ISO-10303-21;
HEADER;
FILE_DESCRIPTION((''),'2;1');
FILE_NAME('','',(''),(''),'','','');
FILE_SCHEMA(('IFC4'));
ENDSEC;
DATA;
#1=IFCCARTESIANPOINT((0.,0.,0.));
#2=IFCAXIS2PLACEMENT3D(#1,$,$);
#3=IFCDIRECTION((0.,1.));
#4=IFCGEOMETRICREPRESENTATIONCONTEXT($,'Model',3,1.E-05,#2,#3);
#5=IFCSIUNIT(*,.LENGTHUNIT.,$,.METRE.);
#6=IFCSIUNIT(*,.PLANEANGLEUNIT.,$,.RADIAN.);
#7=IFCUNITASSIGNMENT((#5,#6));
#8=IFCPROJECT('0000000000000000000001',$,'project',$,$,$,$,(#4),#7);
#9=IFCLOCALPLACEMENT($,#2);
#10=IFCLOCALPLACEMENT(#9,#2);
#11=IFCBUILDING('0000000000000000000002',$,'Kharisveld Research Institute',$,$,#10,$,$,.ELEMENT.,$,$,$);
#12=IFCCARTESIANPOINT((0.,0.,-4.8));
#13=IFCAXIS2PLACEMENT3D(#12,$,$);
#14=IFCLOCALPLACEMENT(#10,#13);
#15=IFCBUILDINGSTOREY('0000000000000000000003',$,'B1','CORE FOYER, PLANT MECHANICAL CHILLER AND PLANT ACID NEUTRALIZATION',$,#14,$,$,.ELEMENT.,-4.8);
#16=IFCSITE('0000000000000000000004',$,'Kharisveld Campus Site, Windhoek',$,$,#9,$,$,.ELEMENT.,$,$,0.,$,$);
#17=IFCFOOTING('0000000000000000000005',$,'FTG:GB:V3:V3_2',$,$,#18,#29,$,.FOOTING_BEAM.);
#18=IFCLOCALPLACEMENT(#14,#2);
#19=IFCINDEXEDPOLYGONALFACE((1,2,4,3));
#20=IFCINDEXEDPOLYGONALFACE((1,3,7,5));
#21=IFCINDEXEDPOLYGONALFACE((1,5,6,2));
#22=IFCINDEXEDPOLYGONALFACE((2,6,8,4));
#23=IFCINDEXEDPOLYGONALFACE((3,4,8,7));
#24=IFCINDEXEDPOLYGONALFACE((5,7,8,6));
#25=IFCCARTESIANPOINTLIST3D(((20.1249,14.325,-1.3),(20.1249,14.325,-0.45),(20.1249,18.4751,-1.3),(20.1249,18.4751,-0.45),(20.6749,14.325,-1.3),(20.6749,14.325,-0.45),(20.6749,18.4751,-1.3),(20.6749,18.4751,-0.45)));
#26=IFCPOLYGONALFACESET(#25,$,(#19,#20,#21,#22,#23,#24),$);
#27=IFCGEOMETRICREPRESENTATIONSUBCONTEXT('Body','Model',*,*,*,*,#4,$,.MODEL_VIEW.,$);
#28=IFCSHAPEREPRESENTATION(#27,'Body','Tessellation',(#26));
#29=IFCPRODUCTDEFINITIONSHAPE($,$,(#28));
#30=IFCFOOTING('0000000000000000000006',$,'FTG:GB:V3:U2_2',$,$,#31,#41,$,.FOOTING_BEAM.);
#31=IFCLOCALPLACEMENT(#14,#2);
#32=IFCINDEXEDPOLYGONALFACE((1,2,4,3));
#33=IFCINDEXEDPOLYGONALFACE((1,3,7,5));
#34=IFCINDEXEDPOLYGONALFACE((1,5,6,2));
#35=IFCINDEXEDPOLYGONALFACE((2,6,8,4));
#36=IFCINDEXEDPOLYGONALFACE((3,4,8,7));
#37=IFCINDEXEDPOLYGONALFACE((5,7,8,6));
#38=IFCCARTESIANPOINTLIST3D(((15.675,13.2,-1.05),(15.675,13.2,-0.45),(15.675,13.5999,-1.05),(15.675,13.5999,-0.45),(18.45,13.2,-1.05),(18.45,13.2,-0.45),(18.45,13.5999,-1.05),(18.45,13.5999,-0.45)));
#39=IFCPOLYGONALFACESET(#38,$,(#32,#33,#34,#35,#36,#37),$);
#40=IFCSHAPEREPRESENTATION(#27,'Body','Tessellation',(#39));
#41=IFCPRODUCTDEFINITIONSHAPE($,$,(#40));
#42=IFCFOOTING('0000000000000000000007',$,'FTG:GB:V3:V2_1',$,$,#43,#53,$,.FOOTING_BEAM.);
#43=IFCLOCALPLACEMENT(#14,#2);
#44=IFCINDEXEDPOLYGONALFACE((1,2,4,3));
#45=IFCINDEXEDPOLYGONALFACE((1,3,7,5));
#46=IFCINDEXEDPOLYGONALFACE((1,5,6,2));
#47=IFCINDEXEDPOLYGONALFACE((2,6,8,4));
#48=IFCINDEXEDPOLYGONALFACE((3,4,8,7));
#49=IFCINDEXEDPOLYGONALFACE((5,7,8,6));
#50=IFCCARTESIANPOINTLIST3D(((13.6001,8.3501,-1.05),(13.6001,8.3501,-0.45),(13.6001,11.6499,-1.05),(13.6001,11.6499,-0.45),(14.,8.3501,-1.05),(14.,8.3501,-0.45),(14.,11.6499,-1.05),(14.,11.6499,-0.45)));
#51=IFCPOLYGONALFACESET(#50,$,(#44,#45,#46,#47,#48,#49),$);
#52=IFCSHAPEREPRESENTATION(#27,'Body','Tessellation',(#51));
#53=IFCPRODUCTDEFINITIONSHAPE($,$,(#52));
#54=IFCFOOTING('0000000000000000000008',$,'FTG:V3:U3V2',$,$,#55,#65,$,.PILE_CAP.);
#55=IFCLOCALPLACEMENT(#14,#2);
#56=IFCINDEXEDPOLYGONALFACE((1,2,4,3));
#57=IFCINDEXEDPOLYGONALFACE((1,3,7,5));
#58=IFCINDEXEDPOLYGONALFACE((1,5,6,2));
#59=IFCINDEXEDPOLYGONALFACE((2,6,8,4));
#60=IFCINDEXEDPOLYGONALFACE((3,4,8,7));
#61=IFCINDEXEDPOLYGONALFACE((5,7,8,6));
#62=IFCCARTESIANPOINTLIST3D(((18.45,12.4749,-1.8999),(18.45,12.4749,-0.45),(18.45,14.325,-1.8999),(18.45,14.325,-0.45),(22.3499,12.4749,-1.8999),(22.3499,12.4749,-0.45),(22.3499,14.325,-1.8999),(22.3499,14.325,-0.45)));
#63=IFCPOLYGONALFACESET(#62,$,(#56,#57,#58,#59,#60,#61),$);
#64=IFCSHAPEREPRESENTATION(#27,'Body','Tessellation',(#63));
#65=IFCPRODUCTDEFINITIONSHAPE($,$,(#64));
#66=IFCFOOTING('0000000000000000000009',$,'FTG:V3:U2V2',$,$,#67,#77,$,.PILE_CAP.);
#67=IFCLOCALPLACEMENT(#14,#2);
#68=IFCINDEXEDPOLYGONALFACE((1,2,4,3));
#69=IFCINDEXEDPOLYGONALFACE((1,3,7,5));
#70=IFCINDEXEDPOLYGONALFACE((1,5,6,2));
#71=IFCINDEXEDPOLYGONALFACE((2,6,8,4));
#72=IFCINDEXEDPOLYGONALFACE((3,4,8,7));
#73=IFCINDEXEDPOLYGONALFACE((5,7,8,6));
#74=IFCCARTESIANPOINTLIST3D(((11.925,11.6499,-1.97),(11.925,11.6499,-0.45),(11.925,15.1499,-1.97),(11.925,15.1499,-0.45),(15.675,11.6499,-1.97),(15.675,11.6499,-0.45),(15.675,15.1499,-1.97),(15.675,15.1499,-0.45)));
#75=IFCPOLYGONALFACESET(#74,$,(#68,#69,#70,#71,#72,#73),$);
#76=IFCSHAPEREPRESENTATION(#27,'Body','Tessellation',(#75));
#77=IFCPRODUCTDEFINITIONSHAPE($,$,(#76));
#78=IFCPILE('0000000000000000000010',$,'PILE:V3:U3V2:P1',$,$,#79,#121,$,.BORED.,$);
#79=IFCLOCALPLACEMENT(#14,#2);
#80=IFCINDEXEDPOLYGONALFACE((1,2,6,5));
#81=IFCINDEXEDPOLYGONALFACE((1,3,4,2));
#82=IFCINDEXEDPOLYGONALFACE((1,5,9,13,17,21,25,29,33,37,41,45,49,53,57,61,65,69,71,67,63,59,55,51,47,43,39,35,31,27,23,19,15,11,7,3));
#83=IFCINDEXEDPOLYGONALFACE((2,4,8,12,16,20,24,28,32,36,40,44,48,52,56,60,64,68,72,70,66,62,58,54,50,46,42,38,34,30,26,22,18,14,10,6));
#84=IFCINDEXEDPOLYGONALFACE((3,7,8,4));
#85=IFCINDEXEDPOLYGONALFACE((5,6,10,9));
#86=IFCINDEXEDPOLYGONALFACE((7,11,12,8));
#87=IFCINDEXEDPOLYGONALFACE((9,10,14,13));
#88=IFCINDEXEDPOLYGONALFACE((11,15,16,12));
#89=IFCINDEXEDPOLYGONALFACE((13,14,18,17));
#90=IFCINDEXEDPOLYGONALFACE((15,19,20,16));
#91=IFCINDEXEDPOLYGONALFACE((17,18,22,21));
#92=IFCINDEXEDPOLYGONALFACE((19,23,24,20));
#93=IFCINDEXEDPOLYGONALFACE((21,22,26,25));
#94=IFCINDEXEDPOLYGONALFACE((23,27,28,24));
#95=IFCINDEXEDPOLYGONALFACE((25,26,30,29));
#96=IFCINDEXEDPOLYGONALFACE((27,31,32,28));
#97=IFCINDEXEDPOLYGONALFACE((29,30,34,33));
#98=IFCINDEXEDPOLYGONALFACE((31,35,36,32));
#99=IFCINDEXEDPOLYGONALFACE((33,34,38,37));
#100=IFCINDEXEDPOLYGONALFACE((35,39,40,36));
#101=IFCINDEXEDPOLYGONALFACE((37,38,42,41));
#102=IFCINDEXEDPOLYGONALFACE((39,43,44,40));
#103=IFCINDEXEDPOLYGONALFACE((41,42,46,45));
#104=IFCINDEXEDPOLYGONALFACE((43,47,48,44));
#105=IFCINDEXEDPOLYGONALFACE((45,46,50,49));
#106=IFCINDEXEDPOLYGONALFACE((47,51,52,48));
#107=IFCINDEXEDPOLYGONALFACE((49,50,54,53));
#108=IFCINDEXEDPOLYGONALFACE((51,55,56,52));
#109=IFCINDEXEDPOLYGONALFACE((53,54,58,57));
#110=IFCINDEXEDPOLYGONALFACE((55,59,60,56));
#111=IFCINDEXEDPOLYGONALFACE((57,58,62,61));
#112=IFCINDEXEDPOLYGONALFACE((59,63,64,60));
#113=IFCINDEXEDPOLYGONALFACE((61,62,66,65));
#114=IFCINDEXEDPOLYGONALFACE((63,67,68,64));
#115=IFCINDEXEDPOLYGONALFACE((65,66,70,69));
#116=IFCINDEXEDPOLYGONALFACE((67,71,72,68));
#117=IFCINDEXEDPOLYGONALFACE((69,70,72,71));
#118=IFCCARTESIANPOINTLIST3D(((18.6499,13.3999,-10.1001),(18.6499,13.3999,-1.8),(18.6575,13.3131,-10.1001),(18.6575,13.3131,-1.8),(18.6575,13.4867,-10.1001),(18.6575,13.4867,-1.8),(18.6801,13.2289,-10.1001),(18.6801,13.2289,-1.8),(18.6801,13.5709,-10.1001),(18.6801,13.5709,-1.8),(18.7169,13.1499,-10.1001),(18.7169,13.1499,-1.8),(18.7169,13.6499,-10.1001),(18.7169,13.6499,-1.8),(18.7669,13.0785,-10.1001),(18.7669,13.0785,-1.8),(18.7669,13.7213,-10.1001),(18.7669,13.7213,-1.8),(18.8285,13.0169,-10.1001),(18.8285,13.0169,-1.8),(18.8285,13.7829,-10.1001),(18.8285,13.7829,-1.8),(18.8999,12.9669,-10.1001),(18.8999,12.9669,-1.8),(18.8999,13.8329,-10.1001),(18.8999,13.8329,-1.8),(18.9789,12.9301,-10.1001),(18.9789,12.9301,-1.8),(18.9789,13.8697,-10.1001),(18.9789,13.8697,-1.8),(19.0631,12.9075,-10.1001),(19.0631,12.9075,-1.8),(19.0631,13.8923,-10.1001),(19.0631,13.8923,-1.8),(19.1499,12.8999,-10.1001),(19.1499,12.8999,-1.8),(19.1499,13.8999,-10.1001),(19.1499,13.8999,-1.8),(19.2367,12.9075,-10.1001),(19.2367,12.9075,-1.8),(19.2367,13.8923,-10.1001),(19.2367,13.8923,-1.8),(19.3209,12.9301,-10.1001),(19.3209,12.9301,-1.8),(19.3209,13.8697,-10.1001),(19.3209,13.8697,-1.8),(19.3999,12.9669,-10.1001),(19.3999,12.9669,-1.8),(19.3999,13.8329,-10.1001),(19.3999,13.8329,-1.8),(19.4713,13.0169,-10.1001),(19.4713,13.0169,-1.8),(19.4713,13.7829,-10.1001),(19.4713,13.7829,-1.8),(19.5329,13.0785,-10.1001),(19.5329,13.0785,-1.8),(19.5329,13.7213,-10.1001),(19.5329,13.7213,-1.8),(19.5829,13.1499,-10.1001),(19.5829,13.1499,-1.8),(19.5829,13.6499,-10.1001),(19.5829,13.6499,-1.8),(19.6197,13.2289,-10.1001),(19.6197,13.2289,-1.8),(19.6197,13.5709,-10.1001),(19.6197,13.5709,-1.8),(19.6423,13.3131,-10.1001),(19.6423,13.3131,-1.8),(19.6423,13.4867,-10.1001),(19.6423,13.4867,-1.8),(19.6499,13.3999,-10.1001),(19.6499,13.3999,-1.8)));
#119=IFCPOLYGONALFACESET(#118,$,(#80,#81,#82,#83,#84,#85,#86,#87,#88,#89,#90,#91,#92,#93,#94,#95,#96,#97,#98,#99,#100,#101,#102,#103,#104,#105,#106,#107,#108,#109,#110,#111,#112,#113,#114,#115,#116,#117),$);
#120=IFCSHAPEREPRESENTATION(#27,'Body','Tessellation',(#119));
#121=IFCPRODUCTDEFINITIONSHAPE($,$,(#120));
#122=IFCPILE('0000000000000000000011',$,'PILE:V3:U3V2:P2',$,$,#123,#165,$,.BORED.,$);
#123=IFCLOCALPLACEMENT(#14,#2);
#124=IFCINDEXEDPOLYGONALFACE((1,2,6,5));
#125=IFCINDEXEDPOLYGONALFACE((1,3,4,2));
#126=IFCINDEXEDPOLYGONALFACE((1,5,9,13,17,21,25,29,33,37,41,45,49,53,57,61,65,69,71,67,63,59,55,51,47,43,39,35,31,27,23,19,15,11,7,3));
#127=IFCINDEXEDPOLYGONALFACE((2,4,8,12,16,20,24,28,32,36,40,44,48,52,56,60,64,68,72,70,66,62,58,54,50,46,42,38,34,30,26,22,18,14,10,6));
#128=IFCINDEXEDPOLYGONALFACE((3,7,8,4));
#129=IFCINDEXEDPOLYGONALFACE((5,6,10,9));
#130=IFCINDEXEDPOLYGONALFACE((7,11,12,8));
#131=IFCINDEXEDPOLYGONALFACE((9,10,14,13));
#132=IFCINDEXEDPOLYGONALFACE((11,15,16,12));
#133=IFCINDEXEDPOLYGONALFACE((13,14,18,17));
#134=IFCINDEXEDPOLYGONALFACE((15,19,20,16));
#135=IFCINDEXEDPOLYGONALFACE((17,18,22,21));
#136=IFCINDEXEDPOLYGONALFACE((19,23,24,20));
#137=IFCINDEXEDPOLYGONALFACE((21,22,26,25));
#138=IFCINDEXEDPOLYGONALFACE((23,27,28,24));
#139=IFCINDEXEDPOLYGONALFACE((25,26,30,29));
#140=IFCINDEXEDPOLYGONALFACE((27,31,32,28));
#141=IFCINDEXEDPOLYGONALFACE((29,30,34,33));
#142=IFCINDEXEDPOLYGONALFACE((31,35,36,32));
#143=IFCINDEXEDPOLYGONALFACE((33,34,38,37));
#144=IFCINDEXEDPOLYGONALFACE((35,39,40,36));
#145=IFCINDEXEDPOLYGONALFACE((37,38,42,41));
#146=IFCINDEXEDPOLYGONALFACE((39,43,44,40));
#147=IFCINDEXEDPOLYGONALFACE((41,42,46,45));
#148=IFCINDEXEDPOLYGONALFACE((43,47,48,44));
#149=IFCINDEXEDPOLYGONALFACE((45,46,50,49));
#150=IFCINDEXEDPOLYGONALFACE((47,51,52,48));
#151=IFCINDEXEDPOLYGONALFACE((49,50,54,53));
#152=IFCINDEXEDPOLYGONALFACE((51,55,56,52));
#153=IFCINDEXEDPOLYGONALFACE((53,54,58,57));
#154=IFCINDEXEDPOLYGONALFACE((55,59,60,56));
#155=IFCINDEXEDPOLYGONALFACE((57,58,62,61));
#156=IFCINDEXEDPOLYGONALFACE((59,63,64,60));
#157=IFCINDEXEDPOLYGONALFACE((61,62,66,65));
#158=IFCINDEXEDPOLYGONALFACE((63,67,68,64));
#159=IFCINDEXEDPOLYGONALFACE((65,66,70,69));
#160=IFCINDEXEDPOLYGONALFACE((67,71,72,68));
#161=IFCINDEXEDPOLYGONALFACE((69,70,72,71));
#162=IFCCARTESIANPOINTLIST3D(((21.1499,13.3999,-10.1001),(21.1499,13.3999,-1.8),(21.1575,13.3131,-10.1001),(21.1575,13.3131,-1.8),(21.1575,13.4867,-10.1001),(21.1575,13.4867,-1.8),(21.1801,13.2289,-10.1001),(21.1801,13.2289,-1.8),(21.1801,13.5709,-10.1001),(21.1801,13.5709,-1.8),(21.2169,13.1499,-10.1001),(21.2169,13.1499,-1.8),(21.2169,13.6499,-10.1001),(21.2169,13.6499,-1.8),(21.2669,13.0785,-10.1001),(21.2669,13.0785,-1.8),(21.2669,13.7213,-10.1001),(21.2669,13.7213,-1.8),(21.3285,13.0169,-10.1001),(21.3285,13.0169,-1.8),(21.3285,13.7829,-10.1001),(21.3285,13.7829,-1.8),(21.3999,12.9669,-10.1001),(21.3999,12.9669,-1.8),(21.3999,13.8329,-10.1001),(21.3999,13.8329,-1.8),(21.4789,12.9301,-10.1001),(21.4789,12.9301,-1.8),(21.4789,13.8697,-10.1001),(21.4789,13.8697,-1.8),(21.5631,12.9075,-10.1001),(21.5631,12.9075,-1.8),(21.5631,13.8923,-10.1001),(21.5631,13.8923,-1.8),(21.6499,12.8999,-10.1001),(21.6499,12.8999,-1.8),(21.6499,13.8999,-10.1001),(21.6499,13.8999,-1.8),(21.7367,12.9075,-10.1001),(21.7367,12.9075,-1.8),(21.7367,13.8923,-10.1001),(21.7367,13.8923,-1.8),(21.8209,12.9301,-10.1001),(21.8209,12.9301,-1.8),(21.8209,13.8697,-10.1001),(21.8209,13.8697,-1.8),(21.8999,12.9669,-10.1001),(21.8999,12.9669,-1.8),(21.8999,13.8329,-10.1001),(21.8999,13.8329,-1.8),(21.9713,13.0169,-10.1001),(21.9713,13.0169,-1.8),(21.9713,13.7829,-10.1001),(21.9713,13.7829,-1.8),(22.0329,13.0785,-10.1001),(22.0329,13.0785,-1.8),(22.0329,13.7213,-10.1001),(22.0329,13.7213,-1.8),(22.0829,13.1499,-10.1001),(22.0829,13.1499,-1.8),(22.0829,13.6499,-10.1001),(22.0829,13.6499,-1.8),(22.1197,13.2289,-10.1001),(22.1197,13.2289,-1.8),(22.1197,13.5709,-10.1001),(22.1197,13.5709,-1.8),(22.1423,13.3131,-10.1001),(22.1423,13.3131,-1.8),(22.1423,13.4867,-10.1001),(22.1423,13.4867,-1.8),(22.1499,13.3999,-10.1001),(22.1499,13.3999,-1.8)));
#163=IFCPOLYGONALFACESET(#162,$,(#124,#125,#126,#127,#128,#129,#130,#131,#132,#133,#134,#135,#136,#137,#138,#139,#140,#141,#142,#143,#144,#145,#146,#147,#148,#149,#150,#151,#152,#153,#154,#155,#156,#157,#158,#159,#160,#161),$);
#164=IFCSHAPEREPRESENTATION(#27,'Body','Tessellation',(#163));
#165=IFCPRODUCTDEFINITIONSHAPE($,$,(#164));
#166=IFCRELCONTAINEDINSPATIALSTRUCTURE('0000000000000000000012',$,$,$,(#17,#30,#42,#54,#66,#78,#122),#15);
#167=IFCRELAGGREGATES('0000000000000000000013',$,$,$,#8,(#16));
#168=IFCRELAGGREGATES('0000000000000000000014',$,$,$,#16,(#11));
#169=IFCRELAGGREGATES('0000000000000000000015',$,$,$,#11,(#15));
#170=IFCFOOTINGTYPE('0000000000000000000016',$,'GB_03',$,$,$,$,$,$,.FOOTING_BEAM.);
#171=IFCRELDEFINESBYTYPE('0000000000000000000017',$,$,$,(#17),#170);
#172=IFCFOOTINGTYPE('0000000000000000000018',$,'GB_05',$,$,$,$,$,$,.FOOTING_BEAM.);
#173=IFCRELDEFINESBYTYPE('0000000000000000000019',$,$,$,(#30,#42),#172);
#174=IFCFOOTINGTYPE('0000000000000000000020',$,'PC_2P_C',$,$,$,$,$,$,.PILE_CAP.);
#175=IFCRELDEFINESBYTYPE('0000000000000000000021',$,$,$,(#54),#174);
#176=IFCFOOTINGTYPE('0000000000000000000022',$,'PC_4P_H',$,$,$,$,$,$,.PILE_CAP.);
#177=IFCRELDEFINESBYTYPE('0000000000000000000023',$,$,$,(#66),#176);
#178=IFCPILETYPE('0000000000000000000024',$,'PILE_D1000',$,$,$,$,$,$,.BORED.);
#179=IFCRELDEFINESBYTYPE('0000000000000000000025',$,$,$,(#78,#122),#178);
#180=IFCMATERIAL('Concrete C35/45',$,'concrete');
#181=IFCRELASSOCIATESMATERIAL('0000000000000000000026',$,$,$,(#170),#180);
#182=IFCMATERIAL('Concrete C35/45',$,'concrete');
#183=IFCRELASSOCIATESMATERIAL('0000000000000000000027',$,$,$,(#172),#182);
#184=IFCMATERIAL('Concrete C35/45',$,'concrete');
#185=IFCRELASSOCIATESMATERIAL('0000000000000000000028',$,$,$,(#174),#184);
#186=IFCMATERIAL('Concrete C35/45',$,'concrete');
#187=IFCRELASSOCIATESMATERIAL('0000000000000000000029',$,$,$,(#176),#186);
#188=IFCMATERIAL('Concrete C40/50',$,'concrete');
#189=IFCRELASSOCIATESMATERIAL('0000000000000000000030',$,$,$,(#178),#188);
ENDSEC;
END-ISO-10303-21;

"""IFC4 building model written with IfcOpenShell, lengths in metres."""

from ifc_helpers import new_model, si_unit, direction, frame, origin, origin_2d, place, context, subcontext, project, spatial, rectangle, circle, extrude, material, material_profile, profile_set, type_object, element, save


model = new_model("IFC4")

# Units and contexts
model_context = context("Model", 3, precision=1e-05, world=origin(), true_north=direction((0.0, 1.0)))
body_context = subcontext(model_context, "Body", "Model", "MODEL_VIEW")
ifc_project = project(units=[si_unit("LENGTHUNIT", "METRE"), si_unit("PLANEANGLEUNIT", "RADIAN")], contexts=[model_context])

# Site, building, storey
site_placement = place(None, origin())
site = spatial("IfcSite", under=ifc_project, at=site_placement, Name="Kharisveld Campus Site, Windhoek", CompositionType="ELEMENT", RefElevation=0.0)
building_placement = place(site_placement, origin())
building = spatial("IfcBuilding", under=site, at=building_placement, Name="Kharisveld Research Institute", CompositionType="ELEMENT")
storey_placement = place(building_placement, frame((0.0, 0.0, -4.8)))
storey = spatial("IfcBuildingStorey", under=building, at=storey_placement, Name="B1", Description="CORE FOYER, PLANT MECHANICAL CHILLER AND PLANT ACID NEUTRALIZATION", CompositionType="ELEMENT", Elevation=-4.8)

# Footings
ifc_material_1 = material(Name="Concrete C35/45", Category="concrete")
ifc_material_profile_1 = material_profile(ifc_material_1, rectangle(XDim=0.55, YDim=0.8501, at=origin_2d()))
ifc_profile_set_1 = profile_set([ifc_material_profile_1], Name="Concrete C35/45")
footing_type_1 = type_object("IfcFootingType", Name="GB_03", PredefinedType="FOOTING_BEAM", material=ifc_profile_set_1)
footing_1_placement = place(storey_placement, frame((20.3999, 14.325, -0.875), z_axis=(0.0, 1.0, 0.0), x_axis=(-1.0, 0.0, 0.0)))
element("IfcFooting", 1, at=footing_1_placement, inside=storey, type_object=footing_type_1, Name="FTG:GB:V3:V3_2", PredefinedType="FOOTING_BEAM", context=body_context, shape_type="SweptSolid", body=[
    extrude(rectangle(XDim=0.55, YDim=0.8501, at=origin_2d()), origin(), (0.0, 0.0, 1.0), 4.1501),
])
ifc_material_2 = material(Name="Concrete C35/45", Category="concrete")
ifc_material_profile_2 = material_profile(ifc_material_2, rectangle(XDim=0.3999, YDim=0.6001, at=origin_2d()))
ifc_profile_set_2 = profile_set([ifc_material_profile_2], Name="Concrete C35/45")
footing_type_2 = type_object("IfcFootingType", Name="GB_05", PredefinedType="FOOTING_BEAM", material=ifc_profile_set_2)
footing_2_placement = place(storey_placement, frame((15.675, 13.3999, -0.75), z_axis=(1.0, 0.0, 0.0), x_axis=(0.0, 1.0, 0.0)))
element("IfcFooting", 2, at=footing_2_placement, inside=storey, type_object=footing_type_2, Name="FTG:GB:V3:U2_2", PredefinedType="FOOTING_BEAM", context=body_context, shape_type="SweptSolid", body=[
    extrude(rectangle(XDim=0.3999, YDim=0.6001, at=origin_2d()), origin(), (0.0, 0.0, 1.0), 2.7749),
])
footing_3_placement = place(storey_placement, frame((13.8, 8.3501, -0.75), z_axis=(0.0, 1.0, 0.0), x_axis=(-1.0, 0.0, 0.0)))
element("IfcFooting", 3, at=footing_3_placement, inside=storey, type_object=footing_type_2, Name="FTG:GB:V3:V2_1", PredefinedType="FOOTING_BEAM", context=body_context, shape_type="SweptSolid", body=[
    extrude(rectangle(XDim=0.3999, YDim=0.6001, at=origin_2d()), origin(), (0.0, 0.0, 1.0), 3.2998),
])
ifc_material_3 = material(Name="Concrete C35/45", Category="concrete")
footing_type_3 = type_object("IfcFootingType", Name="PC_2P_C", PredefinedType="PILE_CAP", material=ifc_material_3)
footing_4_placement = place(storey_placement, frame((20.3999, 13.3999, -1.8999), z_axis=(0.0, 0.0, 1.0), x_axis=(1.0, 0.0, 0.0)))
element("IfcFooting", 4, at=footing_4_placement, inside=storey, type_object=footing_type_3, Name="FTG:V3:U3V2", PredefinedType="PILE_CAP", context=body_context, shape_type="SweptSolid", body=[
    extrude(rectangle(XDim=3.8999, YDim=1.8501, at=origin_2d()), origin(), (0.0, 0.0, 1.0), 1.45),
])
ifc_material_4 = material(Name="Concrete C35/45", Category="concrete")
footing_type_4 = type_object("IfcFootingType", Name="PC_4P_H", PredefinedType="PILE_CAP", material=ifc_material_4)
footing_5_placement = place(storey_placement, frame((13.8, 13.3999, -1.97), z_axis=(0.0, 0.0, 1.0), x_axis=(1.0, 0.0, 0.0)))
element("IfcFooting", 5, at=footing_5_placement, inside=storey, type_object=footing_type_4, Name="FTG:V3:U2V2", PredefinedType="PILE_CAP", context=body_context, shape_type="SweptSolid", body=[
    extrude(rectangle(XDim=3.75, YDim=3.5, at=origin_2d()), origin(), (0.0, 0.0, 1.0), 1.52),
])

# Piles
ifc_material_5 = material(Name="Concrete C40/50", Category="concrete")
ifc_material_profile_3 = material_profile(ifc_material_5, circle(Radius=0.5, at=origin_2d()))
ifc_profile_set_3 = profile_set([ifc_material_profile_3], Name="Concrete C40/50")
pile_type_1 = type_object("IfcPileType", Name="PILE_D1000", PredefinedType="BORED", material=ifc_profile_set_3)
for number, where, z_axis, x_axis, name in (
    (6, (19.1499, 13.3999, -1.8), (0.0, 0.0, -1.0), (1.0, 0.0, 0.0), "PILE:V3:U3V2:P1"),
    (7, (21.6499, 13.3999, -1.8), (0.0, 0.0, -1.0), (1.0, 0.0, 0.0), "PILE:V3:U3V2:P2"),
):
    element("IfcPile", number, at=place(storey_placement, frame(where, z_axis=z_axis, x_axis=x_axis)), inside=storey, type_object=pile_type_1, Name=name, PredefinedType="BORED", context=body_context, shape_type="SweptSolid", body=[
        extrude(circle(Radius=0.5, at=origin_2d()), origin(), (0.0, 0.0, 1.0), 8.3),
    ])

save(model, "model.ifc")
